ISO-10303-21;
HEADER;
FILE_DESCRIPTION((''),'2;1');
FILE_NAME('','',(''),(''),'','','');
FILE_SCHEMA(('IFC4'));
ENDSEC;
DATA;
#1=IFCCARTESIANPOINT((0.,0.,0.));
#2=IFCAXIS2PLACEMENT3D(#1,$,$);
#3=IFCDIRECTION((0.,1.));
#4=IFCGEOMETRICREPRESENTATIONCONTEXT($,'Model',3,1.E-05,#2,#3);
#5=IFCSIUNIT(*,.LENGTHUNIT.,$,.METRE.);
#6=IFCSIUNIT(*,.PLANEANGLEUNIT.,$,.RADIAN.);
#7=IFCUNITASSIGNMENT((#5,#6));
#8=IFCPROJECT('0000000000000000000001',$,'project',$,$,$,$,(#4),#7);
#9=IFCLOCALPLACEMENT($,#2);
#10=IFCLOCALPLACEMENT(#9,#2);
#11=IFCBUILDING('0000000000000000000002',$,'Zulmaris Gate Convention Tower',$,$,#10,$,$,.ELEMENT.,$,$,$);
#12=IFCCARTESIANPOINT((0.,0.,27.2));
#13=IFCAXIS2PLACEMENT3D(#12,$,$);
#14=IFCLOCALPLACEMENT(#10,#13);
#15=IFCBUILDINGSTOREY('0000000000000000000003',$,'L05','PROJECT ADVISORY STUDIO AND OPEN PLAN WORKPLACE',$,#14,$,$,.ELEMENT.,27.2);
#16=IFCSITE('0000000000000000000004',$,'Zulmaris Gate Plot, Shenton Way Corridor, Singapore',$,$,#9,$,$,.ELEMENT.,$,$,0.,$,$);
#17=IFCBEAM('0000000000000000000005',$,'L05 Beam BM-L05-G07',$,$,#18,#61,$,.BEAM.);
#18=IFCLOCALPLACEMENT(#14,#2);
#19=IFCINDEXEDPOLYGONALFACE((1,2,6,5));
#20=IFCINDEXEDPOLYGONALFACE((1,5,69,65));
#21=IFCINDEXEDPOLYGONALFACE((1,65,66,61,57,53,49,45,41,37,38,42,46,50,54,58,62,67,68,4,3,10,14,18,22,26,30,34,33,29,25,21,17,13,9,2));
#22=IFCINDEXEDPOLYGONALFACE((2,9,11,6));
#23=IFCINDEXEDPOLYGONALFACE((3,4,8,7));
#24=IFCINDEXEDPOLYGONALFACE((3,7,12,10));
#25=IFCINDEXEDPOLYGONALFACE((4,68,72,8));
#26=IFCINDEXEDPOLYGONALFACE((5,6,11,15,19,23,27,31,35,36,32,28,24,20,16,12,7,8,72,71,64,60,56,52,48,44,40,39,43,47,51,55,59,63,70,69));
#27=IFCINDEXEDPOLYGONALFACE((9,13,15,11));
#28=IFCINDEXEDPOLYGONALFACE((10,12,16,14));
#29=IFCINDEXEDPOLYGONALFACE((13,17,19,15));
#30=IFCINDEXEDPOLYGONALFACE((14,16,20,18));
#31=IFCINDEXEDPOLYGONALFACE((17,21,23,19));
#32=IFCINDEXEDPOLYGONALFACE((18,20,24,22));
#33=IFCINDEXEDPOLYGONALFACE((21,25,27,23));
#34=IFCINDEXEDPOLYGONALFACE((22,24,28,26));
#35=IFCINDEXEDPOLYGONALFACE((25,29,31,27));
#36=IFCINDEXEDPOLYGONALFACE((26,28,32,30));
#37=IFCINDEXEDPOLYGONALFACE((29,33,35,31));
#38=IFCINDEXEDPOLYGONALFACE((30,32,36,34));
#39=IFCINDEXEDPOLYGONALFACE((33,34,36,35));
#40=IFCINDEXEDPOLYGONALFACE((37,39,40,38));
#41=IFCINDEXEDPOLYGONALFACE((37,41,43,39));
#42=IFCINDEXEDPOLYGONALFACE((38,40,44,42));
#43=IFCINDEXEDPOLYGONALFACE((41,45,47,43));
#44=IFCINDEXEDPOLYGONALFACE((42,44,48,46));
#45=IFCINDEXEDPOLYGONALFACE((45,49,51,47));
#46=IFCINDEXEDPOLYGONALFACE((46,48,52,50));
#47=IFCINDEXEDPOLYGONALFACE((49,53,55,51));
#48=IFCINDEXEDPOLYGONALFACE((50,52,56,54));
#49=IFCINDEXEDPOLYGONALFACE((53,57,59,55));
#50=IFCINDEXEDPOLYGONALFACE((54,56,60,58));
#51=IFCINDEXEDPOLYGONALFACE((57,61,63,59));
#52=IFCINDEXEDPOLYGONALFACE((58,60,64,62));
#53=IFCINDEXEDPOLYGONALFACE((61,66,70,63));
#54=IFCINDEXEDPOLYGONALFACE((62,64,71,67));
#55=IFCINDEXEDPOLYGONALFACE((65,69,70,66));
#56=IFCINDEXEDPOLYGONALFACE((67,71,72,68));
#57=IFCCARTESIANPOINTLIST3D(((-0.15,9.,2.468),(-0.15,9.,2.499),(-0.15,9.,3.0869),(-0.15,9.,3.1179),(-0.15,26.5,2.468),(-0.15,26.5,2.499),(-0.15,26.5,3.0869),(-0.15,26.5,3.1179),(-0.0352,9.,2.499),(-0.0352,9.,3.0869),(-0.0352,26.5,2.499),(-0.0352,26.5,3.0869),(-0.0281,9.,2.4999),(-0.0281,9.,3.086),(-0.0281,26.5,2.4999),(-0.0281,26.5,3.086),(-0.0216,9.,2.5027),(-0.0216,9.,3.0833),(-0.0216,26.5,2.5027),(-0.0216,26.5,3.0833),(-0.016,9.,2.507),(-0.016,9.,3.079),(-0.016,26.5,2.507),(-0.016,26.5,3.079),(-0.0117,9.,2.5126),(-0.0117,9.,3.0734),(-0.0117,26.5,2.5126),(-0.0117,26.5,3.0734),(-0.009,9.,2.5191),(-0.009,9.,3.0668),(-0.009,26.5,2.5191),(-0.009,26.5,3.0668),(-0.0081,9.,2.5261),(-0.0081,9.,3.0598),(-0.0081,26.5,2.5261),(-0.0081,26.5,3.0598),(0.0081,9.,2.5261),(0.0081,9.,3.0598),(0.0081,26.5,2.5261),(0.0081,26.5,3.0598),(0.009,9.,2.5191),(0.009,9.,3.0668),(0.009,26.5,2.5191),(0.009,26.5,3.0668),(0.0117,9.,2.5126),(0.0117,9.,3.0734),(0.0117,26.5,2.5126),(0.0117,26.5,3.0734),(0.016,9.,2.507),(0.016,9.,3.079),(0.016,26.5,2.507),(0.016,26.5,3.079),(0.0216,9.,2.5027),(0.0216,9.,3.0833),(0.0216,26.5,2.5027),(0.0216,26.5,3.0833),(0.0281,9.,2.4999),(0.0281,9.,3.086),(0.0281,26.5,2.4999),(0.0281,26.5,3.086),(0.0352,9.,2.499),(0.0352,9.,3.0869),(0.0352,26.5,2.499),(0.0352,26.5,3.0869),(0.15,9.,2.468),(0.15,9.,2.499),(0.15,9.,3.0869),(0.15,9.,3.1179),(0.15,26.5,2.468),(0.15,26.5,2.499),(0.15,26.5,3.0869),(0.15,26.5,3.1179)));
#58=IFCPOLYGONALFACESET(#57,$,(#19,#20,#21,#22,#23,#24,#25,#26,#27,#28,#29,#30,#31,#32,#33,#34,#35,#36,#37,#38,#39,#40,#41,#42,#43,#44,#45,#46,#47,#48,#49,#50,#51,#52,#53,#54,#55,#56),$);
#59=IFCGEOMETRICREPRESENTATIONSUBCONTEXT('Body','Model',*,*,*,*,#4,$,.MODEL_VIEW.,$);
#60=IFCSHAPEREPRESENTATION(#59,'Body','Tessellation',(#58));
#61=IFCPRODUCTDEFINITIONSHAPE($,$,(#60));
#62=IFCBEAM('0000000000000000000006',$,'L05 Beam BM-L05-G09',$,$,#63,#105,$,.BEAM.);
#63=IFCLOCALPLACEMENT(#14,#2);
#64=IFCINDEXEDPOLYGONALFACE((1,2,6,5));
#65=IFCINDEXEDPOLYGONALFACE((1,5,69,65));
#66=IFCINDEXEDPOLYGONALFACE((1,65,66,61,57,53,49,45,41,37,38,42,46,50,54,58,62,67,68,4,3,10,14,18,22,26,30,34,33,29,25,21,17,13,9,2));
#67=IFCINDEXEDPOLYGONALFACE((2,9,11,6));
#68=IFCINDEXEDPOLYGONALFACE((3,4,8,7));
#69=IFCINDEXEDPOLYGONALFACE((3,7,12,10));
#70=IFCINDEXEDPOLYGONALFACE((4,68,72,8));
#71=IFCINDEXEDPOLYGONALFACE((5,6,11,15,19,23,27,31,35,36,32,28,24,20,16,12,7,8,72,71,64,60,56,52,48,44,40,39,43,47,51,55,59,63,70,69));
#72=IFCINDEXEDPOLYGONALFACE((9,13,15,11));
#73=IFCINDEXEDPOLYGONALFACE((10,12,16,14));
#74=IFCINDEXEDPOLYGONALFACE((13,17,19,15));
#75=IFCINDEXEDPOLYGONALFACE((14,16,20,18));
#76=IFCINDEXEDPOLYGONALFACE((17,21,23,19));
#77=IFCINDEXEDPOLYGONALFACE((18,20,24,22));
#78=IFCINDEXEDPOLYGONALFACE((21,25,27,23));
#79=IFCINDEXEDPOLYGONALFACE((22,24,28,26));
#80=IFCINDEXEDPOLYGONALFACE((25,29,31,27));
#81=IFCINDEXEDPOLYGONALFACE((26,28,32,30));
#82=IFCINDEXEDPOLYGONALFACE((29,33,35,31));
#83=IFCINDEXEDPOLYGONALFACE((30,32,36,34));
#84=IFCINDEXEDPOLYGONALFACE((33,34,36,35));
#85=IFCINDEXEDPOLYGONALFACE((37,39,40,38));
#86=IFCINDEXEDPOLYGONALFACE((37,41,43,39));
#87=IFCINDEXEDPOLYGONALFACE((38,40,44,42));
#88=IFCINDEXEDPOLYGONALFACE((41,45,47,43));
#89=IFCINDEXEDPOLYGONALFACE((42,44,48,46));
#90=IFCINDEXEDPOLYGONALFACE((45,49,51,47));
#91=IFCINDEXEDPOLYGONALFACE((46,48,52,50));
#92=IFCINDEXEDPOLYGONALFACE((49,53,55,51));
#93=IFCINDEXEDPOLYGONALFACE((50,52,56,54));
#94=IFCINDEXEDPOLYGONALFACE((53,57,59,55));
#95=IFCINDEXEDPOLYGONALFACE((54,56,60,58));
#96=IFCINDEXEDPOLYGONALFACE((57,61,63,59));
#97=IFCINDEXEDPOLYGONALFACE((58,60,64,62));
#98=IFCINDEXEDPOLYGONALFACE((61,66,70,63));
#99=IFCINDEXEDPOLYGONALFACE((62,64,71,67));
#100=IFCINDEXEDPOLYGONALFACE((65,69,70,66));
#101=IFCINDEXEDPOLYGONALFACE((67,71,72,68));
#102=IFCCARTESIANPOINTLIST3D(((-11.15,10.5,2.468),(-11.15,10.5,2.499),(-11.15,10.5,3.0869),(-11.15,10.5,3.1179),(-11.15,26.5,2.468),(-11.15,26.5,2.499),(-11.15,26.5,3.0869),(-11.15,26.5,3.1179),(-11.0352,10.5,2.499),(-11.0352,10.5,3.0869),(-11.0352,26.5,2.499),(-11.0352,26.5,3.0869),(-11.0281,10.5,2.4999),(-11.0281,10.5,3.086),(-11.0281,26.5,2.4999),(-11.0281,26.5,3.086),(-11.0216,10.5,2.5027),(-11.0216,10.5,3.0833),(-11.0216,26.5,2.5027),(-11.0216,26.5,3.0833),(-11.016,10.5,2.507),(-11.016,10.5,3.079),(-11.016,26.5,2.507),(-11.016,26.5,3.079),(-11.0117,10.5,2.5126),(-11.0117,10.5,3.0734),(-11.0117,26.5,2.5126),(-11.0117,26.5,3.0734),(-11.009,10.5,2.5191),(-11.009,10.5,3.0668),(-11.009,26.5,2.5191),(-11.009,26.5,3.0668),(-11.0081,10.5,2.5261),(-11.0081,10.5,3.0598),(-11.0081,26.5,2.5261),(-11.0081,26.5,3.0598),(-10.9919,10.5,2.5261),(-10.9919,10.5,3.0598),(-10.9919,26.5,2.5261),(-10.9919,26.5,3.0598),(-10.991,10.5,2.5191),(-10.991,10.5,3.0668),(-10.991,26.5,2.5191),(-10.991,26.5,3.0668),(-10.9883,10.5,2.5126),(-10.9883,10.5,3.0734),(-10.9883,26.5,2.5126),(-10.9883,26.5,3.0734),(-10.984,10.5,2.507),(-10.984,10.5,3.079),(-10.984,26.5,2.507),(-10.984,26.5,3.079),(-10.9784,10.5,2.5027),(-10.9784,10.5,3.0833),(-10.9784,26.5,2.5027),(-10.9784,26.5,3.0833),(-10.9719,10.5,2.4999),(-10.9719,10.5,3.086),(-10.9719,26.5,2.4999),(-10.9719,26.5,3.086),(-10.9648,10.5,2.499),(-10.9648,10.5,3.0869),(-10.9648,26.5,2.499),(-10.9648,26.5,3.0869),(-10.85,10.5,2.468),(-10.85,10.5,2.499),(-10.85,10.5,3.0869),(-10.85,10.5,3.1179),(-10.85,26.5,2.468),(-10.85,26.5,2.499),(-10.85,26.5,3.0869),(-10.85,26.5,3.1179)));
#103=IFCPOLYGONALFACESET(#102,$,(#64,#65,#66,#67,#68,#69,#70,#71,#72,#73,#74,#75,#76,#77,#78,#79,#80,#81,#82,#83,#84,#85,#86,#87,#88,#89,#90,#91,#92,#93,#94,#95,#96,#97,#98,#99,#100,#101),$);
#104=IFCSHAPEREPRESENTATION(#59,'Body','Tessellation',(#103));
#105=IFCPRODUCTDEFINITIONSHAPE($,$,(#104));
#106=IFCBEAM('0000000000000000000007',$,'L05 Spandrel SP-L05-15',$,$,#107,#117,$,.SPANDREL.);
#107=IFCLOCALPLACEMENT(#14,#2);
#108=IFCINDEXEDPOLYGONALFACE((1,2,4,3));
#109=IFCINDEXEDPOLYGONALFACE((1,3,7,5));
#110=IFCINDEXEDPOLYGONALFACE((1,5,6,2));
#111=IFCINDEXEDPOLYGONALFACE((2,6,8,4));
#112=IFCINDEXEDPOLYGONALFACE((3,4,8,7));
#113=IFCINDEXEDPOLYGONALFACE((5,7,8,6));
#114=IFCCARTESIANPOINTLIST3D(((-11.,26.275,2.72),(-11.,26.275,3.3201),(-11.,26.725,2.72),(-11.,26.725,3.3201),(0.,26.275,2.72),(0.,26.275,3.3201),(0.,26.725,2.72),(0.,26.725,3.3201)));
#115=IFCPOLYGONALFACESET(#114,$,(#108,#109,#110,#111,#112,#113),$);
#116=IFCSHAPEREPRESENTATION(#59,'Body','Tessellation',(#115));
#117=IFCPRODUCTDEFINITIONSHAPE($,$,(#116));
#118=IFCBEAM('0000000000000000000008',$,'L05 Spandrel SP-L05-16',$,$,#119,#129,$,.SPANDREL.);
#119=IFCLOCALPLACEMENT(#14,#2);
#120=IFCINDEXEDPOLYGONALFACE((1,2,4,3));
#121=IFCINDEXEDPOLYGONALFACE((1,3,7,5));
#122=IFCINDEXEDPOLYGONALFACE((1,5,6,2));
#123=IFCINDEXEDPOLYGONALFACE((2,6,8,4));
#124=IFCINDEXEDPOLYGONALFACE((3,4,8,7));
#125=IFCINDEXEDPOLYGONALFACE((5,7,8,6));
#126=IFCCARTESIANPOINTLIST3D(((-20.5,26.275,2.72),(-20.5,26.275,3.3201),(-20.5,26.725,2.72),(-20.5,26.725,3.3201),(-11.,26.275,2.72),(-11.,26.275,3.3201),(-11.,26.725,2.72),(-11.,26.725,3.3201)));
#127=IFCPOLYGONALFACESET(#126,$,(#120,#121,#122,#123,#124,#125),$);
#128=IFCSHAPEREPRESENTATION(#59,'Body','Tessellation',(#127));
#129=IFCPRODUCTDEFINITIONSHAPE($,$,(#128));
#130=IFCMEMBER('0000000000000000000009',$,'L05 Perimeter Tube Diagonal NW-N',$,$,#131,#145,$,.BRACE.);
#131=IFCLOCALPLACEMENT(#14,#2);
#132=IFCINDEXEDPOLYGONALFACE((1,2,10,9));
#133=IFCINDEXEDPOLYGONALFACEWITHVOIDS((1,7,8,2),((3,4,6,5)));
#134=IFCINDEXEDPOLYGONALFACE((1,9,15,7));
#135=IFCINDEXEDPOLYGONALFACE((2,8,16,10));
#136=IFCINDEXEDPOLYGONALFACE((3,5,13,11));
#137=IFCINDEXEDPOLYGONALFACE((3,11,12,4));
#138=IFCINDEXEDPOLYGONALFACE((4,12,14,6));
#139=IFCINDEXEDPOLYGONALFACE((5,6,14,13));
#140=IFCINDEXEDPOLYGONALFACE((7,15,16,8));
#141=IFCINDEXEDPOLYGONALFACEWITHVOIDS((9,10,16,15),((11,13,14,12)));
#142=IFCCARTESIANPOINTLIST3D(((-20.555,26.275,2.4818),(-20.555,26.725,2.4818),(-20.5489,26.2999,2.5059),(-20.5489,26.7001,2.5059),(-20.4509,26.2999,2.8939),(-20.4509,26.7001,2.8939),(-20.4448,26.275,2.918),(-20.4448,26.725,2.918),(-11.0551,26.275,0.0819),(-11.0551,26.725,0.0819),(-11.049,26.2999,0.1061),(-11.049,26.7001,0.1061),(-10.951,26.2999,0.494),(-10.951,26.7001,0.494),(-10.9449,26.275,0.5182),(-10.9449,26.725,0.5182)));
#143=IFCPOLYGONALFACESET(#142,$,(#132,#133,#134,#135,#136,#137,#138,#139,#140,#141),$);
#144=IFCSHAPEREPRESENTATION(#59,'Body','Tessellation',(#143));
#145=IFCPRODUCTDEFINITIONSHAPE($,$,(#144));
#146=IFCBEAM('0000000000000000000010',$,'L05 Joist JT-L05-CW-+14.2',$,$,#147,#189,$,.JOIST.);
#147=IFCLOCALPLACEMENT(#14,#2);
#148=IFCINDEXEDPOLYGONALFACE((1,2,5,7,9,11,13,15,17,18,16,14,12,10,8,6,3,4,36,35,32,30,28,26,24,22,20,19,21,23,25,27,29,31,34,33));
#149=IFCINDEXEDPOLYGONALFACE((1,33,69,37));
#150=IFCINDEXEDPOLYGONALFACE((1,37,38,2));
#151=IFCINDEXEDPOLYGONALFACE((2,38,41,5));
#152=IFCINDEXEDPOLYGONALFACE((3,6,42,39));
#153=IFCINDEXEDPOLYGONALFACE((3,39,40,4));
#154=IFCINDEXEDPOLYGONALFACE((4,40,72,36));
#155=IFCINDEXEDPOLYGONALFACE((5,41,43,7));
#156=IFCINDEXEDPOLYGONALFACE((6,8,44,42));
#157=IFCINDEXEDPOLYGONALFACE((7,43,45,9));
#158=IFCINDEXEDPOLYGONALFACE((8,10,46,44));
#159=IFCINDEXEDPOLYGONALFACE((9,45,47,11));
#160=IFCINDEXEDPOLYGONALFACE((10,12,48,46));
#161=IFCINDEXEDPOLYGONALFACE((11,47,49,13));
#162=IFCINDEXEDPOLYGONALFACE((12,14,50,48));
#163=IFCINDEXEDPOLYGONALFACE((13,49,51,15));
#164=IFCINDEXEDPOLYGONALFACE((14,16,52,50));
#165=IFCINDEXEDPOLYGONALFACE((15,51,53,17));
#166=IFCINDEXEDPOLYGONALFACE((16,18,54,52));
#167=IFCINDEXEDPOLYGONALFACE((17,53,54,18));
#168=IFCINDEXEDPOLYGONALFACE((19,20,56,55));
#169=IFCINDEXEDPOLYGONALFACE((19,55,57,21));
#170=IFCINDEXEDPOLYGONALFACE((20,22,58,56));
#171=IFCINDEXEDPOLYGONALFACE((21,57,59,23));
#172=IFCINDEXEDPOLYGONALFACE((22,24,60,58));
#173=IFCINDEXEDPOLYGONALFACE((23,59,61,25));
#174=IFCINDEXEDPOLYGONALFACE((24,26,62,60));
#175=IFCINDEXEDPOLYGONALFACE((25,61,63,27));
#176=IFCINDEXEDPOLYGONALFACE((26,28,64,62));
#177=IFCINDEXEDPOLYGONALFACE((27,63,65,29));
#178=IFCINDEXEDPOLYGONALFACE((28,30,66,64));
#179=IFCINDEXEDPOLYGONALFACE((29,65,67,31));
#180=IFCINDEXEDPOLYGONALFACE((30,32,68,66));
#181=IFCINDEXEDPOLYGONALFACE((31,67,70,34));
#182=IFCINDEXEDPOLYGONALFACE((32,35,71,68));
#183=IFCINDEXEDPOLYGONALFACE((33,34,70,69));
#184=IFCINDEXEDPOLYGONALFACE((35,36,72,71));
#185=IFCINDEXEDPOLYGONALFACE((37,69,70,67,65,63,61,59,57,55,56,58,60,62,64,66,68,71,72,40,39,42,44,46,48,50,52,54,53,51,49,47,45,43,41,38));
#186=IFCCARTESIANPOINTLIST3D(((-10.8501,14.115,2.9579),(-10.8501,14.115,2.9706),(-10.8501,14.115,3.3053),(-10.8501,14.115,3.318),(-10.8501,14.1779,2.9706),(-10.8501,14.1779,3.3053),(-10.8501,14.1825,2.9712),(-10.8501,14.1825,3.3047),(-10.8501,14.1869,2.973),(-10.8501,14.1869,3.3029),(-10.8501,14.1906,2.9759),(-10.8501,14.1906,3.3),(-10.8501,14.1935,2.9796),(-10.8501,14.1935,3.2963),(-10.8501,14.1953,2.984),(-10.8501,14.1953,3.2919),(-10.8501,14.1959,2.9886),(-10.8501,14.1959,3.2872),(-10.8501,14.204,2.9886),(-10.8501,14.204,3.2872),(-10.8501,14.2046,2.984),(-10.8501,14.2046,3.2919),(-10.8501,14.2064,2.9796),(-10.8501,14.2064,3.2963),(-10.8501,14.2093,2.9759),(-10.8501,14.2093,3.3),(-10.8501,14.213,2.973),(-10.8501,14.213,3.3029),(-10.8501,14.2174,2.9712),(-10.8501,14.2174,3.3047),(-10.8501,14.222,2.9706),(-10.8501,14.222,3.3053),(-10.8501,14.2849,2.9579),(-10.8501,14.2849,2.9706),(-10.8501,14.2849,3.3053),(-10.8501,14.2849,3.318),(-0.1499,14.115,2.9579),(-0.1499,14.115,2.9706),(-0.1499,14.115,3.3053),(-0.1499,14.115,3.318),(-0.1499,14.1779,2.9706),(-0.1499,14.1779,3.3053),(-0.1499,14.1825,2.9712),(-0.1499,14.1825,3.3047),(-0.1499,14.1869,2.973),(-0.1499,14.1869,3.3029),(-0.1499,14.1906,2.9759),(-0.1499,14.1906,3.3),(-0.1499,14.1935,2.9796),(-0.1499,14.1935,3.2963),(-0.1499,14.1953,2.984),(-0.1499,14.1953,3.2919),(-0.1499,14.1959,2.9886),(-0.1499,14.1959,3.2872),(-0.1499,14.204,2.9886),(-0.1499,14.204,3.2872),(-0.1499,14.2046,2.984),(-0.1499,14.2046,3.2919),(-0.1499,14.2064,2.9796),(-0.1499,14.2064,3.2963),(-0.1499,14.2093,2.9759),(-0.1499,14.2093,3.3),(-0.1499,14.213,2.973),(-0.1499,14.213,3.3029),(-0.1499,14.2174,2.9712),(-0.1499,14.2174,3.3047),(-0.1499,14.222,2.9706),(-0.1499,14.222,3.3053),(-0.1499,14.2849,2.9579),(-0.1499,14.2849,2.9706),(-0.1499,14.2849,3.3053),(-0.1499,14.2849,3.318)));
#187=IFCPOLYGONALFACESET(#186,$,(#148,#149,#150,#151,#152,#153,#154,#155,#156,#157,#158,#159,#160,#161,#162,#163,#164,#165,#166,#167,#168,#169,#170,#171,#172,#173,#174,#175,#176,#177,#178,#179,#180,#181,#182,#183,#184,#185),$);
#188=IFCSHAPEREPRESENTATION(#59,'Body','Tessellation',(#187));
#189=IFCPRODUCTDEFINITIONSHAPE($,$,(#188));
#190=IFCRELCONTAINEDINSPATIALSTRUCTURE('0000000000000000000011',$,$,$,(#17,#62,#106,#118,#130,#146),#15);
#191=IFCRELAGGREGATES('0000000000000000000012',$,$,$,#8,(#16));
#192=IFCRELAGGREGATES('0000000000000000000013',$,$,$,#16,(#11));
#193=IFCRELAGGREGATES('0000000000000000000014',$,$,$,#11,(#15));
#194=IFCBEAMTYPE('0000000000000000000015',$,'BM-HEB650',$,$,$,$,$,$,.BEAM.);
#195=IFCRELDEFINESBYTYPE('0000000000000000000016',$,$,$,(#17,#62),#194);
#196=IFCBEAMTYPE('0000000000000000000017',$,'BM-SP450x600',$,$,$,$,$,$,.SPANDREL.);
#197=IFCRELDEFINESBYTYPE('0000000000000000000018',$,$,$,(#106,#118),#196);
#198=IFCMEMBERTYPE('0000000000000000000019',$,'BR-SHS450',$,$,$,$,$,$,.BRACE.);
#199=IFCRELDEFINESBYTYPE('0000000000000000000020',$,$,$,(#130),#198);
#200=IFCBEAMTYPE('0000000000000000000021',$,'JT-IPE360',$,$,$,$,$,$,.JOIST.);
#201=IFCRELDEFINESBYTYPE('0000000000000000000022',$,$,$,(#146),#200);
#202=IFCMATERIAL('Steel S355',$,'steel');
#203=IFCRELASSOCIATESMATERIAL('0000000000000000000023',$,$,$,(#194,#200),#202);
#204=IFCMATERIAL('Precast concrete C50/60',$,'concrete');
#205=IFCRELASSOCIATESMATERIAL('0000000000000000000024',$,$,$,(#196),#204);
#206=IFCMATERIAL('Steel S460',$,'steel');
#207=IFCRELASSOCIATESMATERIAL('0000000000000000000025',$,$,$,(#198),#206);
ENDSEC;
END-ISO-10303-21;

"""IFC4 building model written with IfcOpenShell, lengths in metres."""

from ifc_helpers import new_model, si_unit, direction, frame, origin, origin_2d, place, context, subcontext, project, spatial, rectangle, hollow_rectangle, i_section, extrude, material, material_profile, profile_set, type_object, element, save


model = new_model("IFC4")

# Units and contexts
model_context = context("Model", 3, precision=1e-05, world=origin(), true_north=direction((0.0, 1.0)))
body_context = subcontext(model_context, "Body", "Model", "MODEL_VIEW")
ifc_project = project(units=[si_unit("LENGTHUNIT", "METRE"), si_unit("PLANEANGLEUNIT", "RADIAN")], contexts=[model_context])

# Site, building, storey
site_placement = place(None, origin())
site = spatial("IfcSite", under=ifc_project, at=site_placement, Name="Zulmaris Gate Plot, Shenton Way Corridor, Singapore", CompositionType="ELEMENT", RefElevation=0.0)
building_placement = place(site_placement, origin())
building = spatial("IfcBuilding", under=site, at=building_placement, Name="Zulmaris Gate Convention Tower", CompositionType="ELEMENT")
storey_placement = place(building_placement, frame((0.0, 0.0, 27.2)))
storey = spatial("IfcBuildingStorey", under=building, at=storey_placement, Name="L05", Description="PROJECT ADVISORY STUDIO AND OPEN PLAN WORKPLACE", CompositionType="ELEMENT", Elevation=27.2)

# Beams
ifc_material_1 = material(Name="Steel S355", Category="steel")
ifc_material_profile_1 = material_profile(ifc_material_1, i_section(OverallWidth=0.3, OverallDepth=0.6499, WebThickness=0.0161, FlangeThickness=0.031, FilletRadius=0.0271, at=origin_2d()), Name="HEB 650")
ifc_profile_set_1 = profile_set([ifc_material_profile_1], Name="Steel S355")
beam_type_1 = type_object("IfcBeamType", Name="BM-HEB650", PredefinedType="BEAM", material=ifc_profile_set_1)
beam_1_placement = place(storey_placement, frame((0.0, 9.0, 2.793), z_axis=(0.0, 1.0, 0.0), x_axis=(-1.0, 0.0, 0.0)))
element("IfcBeam", 1, at=beam_1_placement, inside=storey, type_object=beam_type_1, Name="L05 Beam BM-L05-G07", PredefinedType="BEAM", context=body_context, shape_type="SweptSolid", body=[
    extrude(i_section(OverallWidth=0.3, OverallDepth=0.6499, WebThickness=0.0161, FlangeThickness=0.031, FilletRadius=0.0271, at=origin_2d()), origin(), (0.0, 0.0, 1.0), 17.5),
])
beam_2_placement = place(storey_placement, frame((-11.0, 10.5, 2.793), z_axis=(0.0, 1.0, 0.0), x_axis=(-1.0, 0.0, 0.0)))
element("IfcBeam", 2, at=beam_2_placement, inside=storey, type_object=beam_type_1, Name="L05 Beam BM-L05-G09", PredefinedType="BEAM", context=body_context, shape_type="SweptSolid", body=[
    extrude(i_section(OverallWidth=0.3, OverallDepth=0.6499, WebThickness=0.0161, FlangeThickness=0.031, FilletRadius=0.0271, at=origin_2d()), origin(), (0.0, 0.0, 1.0), 16.0),
])
ifc_material_2 = material(Name="Precast concrete C50/60", Category="concrete")
ifc_material_profile_2 = material_profile(ifc_material_2, rectangle(XDim=0.45, YDim=0.6001, at=origin_2d()), Name="RC SPANDREL 450x600")
ifc_profile_set_2 = profile_set([ifc_material_profile_2], Name="Precast concrete C50/60")
beam_type_2 = type_object("IfcBeamType", Name="BM-SP450x600", PredefinedType="SPANDREL", material=ifc_profile_set_2)
beam_3_placement = place(storey_placement, frame((0.0, 26.5, 3.02), z_axis=(-1.0, 0.0, 0.0), x_axis=(0.0, -1.0, 0.0)))
element("IfcBeam", 3, at=beam_3_placement, inside=storey, type_object=beam_type_2, Name="L05 Spandrel SP-L05-15", PredefinedType="SPANDREL", context=body_context, shape_type="SweptSolid", body=[
    extrude(rectangle(XDim=0.45, YDim=0.6001, at=origin_2d()), origin(), (0.0, 0.0, 1.0), 11.0),
])
beam_4_placement = place(storey_placement, frame((-11.0, 26.5, 3.02), z_axis=(-1.0, 0.0, 0.0), x_axis=(0.0, -1.0, 0.0)))
element("IfcBeam", 4, at=beam_4_placement, inside=storey, type_object=beam_type_2, Name="L05 Spandrel SP-L05-16", PredefinedType="SPANDREL", context=body_context, shape_type="SweptSolid", body=[
    extrude(rectangle(XDim=0.45, YDim=0.6001, at=origin_2d()), origin(), (0.0, 0.0, 1.0), 9.5),
])

# Member
ifc_material_3 = material(Name="Steel S460", Category="steel")
ifc_material_profile_3 = material_profile(ifc_material_3, hollow_rectangle(XDim=0.45, YDim=0.45, WallThickness=0.0249, at=origin_2d()), Name="SHS 450x450x25")
ifc_profile_set_3 = profile_set([ifc_material_profile_3], Name="Steel S460")
member_type = type_object("IfcMemberType", Name="BR-SHS450", PredefinedType="BRACE", material=ifc_profile_set_3)
member_placement = place(storey_placement, frame((-11.0, 26.5, 0.3), z_axis=(-0.969542, 0.0, 0.244927), x_axis=(0.0, -1.0, 0.0)))
element("IfcMember", 5, at=member_placement, inside=storey, type_object=member_type, Name="L05 Perimeter Tube Diagonal NW-N", PredefinedType="BRACE", context=body_context, shape_type="SweptSolid", body=[
    extrude(hollow_rectangle(XDim=0.45, YDim=0.45, WallThickness=0.0249, at=origin_2d()), origin(), (0.0, 0.0, 1.0), 9.7983),
])

# Beam
ifc_material_profile_4 = material_profile(ifc_material_1, i_section(OverallWidth=0.1699, OverallDepth=0.3601, WebThickness=0.0081, FlangeThickness=0.0127, FilletRadius=0.0181, at=origin_2d()), Name="IPE 360")
ifc_profile_set_4 = profile_set([ifc_material_profile_4], Name="Steel S355")
beam_type_3 = type_object("IfcBeamType", Name="JT-IPE360", PredefinedType="JOIST", material=ifc_profile_set_4)
for number, where, z_axis, x_axis, name in (
    (6, (-10.8501, 14.2, 3.1379), (1.0, 0.0, 0.0), (0.0, 1.0, 0.0), "L05 Joist JT-L05-CW-+14.2"),
):
    element("IfcBeam", number, at=place(storey_placement, frame(where, z_axis=z_axis, x_axis=x_axis)), inside=storey, type_object=beam_type_3, Name=name, PredefinedType="JOIST", context=body_context, shape_type="SweptSolid", body=[
        extrude(i_section(OverallWidth=0.1699, OverallDepth=0.3601, WebThickness=0.0081, FlangeThickness=0.0127, FilletRadius=0.0181, at=origin_2d()), origin(), (0.0, 0.0, 1.0), 10.7002),
    ])

save(model, "model.ifc")
